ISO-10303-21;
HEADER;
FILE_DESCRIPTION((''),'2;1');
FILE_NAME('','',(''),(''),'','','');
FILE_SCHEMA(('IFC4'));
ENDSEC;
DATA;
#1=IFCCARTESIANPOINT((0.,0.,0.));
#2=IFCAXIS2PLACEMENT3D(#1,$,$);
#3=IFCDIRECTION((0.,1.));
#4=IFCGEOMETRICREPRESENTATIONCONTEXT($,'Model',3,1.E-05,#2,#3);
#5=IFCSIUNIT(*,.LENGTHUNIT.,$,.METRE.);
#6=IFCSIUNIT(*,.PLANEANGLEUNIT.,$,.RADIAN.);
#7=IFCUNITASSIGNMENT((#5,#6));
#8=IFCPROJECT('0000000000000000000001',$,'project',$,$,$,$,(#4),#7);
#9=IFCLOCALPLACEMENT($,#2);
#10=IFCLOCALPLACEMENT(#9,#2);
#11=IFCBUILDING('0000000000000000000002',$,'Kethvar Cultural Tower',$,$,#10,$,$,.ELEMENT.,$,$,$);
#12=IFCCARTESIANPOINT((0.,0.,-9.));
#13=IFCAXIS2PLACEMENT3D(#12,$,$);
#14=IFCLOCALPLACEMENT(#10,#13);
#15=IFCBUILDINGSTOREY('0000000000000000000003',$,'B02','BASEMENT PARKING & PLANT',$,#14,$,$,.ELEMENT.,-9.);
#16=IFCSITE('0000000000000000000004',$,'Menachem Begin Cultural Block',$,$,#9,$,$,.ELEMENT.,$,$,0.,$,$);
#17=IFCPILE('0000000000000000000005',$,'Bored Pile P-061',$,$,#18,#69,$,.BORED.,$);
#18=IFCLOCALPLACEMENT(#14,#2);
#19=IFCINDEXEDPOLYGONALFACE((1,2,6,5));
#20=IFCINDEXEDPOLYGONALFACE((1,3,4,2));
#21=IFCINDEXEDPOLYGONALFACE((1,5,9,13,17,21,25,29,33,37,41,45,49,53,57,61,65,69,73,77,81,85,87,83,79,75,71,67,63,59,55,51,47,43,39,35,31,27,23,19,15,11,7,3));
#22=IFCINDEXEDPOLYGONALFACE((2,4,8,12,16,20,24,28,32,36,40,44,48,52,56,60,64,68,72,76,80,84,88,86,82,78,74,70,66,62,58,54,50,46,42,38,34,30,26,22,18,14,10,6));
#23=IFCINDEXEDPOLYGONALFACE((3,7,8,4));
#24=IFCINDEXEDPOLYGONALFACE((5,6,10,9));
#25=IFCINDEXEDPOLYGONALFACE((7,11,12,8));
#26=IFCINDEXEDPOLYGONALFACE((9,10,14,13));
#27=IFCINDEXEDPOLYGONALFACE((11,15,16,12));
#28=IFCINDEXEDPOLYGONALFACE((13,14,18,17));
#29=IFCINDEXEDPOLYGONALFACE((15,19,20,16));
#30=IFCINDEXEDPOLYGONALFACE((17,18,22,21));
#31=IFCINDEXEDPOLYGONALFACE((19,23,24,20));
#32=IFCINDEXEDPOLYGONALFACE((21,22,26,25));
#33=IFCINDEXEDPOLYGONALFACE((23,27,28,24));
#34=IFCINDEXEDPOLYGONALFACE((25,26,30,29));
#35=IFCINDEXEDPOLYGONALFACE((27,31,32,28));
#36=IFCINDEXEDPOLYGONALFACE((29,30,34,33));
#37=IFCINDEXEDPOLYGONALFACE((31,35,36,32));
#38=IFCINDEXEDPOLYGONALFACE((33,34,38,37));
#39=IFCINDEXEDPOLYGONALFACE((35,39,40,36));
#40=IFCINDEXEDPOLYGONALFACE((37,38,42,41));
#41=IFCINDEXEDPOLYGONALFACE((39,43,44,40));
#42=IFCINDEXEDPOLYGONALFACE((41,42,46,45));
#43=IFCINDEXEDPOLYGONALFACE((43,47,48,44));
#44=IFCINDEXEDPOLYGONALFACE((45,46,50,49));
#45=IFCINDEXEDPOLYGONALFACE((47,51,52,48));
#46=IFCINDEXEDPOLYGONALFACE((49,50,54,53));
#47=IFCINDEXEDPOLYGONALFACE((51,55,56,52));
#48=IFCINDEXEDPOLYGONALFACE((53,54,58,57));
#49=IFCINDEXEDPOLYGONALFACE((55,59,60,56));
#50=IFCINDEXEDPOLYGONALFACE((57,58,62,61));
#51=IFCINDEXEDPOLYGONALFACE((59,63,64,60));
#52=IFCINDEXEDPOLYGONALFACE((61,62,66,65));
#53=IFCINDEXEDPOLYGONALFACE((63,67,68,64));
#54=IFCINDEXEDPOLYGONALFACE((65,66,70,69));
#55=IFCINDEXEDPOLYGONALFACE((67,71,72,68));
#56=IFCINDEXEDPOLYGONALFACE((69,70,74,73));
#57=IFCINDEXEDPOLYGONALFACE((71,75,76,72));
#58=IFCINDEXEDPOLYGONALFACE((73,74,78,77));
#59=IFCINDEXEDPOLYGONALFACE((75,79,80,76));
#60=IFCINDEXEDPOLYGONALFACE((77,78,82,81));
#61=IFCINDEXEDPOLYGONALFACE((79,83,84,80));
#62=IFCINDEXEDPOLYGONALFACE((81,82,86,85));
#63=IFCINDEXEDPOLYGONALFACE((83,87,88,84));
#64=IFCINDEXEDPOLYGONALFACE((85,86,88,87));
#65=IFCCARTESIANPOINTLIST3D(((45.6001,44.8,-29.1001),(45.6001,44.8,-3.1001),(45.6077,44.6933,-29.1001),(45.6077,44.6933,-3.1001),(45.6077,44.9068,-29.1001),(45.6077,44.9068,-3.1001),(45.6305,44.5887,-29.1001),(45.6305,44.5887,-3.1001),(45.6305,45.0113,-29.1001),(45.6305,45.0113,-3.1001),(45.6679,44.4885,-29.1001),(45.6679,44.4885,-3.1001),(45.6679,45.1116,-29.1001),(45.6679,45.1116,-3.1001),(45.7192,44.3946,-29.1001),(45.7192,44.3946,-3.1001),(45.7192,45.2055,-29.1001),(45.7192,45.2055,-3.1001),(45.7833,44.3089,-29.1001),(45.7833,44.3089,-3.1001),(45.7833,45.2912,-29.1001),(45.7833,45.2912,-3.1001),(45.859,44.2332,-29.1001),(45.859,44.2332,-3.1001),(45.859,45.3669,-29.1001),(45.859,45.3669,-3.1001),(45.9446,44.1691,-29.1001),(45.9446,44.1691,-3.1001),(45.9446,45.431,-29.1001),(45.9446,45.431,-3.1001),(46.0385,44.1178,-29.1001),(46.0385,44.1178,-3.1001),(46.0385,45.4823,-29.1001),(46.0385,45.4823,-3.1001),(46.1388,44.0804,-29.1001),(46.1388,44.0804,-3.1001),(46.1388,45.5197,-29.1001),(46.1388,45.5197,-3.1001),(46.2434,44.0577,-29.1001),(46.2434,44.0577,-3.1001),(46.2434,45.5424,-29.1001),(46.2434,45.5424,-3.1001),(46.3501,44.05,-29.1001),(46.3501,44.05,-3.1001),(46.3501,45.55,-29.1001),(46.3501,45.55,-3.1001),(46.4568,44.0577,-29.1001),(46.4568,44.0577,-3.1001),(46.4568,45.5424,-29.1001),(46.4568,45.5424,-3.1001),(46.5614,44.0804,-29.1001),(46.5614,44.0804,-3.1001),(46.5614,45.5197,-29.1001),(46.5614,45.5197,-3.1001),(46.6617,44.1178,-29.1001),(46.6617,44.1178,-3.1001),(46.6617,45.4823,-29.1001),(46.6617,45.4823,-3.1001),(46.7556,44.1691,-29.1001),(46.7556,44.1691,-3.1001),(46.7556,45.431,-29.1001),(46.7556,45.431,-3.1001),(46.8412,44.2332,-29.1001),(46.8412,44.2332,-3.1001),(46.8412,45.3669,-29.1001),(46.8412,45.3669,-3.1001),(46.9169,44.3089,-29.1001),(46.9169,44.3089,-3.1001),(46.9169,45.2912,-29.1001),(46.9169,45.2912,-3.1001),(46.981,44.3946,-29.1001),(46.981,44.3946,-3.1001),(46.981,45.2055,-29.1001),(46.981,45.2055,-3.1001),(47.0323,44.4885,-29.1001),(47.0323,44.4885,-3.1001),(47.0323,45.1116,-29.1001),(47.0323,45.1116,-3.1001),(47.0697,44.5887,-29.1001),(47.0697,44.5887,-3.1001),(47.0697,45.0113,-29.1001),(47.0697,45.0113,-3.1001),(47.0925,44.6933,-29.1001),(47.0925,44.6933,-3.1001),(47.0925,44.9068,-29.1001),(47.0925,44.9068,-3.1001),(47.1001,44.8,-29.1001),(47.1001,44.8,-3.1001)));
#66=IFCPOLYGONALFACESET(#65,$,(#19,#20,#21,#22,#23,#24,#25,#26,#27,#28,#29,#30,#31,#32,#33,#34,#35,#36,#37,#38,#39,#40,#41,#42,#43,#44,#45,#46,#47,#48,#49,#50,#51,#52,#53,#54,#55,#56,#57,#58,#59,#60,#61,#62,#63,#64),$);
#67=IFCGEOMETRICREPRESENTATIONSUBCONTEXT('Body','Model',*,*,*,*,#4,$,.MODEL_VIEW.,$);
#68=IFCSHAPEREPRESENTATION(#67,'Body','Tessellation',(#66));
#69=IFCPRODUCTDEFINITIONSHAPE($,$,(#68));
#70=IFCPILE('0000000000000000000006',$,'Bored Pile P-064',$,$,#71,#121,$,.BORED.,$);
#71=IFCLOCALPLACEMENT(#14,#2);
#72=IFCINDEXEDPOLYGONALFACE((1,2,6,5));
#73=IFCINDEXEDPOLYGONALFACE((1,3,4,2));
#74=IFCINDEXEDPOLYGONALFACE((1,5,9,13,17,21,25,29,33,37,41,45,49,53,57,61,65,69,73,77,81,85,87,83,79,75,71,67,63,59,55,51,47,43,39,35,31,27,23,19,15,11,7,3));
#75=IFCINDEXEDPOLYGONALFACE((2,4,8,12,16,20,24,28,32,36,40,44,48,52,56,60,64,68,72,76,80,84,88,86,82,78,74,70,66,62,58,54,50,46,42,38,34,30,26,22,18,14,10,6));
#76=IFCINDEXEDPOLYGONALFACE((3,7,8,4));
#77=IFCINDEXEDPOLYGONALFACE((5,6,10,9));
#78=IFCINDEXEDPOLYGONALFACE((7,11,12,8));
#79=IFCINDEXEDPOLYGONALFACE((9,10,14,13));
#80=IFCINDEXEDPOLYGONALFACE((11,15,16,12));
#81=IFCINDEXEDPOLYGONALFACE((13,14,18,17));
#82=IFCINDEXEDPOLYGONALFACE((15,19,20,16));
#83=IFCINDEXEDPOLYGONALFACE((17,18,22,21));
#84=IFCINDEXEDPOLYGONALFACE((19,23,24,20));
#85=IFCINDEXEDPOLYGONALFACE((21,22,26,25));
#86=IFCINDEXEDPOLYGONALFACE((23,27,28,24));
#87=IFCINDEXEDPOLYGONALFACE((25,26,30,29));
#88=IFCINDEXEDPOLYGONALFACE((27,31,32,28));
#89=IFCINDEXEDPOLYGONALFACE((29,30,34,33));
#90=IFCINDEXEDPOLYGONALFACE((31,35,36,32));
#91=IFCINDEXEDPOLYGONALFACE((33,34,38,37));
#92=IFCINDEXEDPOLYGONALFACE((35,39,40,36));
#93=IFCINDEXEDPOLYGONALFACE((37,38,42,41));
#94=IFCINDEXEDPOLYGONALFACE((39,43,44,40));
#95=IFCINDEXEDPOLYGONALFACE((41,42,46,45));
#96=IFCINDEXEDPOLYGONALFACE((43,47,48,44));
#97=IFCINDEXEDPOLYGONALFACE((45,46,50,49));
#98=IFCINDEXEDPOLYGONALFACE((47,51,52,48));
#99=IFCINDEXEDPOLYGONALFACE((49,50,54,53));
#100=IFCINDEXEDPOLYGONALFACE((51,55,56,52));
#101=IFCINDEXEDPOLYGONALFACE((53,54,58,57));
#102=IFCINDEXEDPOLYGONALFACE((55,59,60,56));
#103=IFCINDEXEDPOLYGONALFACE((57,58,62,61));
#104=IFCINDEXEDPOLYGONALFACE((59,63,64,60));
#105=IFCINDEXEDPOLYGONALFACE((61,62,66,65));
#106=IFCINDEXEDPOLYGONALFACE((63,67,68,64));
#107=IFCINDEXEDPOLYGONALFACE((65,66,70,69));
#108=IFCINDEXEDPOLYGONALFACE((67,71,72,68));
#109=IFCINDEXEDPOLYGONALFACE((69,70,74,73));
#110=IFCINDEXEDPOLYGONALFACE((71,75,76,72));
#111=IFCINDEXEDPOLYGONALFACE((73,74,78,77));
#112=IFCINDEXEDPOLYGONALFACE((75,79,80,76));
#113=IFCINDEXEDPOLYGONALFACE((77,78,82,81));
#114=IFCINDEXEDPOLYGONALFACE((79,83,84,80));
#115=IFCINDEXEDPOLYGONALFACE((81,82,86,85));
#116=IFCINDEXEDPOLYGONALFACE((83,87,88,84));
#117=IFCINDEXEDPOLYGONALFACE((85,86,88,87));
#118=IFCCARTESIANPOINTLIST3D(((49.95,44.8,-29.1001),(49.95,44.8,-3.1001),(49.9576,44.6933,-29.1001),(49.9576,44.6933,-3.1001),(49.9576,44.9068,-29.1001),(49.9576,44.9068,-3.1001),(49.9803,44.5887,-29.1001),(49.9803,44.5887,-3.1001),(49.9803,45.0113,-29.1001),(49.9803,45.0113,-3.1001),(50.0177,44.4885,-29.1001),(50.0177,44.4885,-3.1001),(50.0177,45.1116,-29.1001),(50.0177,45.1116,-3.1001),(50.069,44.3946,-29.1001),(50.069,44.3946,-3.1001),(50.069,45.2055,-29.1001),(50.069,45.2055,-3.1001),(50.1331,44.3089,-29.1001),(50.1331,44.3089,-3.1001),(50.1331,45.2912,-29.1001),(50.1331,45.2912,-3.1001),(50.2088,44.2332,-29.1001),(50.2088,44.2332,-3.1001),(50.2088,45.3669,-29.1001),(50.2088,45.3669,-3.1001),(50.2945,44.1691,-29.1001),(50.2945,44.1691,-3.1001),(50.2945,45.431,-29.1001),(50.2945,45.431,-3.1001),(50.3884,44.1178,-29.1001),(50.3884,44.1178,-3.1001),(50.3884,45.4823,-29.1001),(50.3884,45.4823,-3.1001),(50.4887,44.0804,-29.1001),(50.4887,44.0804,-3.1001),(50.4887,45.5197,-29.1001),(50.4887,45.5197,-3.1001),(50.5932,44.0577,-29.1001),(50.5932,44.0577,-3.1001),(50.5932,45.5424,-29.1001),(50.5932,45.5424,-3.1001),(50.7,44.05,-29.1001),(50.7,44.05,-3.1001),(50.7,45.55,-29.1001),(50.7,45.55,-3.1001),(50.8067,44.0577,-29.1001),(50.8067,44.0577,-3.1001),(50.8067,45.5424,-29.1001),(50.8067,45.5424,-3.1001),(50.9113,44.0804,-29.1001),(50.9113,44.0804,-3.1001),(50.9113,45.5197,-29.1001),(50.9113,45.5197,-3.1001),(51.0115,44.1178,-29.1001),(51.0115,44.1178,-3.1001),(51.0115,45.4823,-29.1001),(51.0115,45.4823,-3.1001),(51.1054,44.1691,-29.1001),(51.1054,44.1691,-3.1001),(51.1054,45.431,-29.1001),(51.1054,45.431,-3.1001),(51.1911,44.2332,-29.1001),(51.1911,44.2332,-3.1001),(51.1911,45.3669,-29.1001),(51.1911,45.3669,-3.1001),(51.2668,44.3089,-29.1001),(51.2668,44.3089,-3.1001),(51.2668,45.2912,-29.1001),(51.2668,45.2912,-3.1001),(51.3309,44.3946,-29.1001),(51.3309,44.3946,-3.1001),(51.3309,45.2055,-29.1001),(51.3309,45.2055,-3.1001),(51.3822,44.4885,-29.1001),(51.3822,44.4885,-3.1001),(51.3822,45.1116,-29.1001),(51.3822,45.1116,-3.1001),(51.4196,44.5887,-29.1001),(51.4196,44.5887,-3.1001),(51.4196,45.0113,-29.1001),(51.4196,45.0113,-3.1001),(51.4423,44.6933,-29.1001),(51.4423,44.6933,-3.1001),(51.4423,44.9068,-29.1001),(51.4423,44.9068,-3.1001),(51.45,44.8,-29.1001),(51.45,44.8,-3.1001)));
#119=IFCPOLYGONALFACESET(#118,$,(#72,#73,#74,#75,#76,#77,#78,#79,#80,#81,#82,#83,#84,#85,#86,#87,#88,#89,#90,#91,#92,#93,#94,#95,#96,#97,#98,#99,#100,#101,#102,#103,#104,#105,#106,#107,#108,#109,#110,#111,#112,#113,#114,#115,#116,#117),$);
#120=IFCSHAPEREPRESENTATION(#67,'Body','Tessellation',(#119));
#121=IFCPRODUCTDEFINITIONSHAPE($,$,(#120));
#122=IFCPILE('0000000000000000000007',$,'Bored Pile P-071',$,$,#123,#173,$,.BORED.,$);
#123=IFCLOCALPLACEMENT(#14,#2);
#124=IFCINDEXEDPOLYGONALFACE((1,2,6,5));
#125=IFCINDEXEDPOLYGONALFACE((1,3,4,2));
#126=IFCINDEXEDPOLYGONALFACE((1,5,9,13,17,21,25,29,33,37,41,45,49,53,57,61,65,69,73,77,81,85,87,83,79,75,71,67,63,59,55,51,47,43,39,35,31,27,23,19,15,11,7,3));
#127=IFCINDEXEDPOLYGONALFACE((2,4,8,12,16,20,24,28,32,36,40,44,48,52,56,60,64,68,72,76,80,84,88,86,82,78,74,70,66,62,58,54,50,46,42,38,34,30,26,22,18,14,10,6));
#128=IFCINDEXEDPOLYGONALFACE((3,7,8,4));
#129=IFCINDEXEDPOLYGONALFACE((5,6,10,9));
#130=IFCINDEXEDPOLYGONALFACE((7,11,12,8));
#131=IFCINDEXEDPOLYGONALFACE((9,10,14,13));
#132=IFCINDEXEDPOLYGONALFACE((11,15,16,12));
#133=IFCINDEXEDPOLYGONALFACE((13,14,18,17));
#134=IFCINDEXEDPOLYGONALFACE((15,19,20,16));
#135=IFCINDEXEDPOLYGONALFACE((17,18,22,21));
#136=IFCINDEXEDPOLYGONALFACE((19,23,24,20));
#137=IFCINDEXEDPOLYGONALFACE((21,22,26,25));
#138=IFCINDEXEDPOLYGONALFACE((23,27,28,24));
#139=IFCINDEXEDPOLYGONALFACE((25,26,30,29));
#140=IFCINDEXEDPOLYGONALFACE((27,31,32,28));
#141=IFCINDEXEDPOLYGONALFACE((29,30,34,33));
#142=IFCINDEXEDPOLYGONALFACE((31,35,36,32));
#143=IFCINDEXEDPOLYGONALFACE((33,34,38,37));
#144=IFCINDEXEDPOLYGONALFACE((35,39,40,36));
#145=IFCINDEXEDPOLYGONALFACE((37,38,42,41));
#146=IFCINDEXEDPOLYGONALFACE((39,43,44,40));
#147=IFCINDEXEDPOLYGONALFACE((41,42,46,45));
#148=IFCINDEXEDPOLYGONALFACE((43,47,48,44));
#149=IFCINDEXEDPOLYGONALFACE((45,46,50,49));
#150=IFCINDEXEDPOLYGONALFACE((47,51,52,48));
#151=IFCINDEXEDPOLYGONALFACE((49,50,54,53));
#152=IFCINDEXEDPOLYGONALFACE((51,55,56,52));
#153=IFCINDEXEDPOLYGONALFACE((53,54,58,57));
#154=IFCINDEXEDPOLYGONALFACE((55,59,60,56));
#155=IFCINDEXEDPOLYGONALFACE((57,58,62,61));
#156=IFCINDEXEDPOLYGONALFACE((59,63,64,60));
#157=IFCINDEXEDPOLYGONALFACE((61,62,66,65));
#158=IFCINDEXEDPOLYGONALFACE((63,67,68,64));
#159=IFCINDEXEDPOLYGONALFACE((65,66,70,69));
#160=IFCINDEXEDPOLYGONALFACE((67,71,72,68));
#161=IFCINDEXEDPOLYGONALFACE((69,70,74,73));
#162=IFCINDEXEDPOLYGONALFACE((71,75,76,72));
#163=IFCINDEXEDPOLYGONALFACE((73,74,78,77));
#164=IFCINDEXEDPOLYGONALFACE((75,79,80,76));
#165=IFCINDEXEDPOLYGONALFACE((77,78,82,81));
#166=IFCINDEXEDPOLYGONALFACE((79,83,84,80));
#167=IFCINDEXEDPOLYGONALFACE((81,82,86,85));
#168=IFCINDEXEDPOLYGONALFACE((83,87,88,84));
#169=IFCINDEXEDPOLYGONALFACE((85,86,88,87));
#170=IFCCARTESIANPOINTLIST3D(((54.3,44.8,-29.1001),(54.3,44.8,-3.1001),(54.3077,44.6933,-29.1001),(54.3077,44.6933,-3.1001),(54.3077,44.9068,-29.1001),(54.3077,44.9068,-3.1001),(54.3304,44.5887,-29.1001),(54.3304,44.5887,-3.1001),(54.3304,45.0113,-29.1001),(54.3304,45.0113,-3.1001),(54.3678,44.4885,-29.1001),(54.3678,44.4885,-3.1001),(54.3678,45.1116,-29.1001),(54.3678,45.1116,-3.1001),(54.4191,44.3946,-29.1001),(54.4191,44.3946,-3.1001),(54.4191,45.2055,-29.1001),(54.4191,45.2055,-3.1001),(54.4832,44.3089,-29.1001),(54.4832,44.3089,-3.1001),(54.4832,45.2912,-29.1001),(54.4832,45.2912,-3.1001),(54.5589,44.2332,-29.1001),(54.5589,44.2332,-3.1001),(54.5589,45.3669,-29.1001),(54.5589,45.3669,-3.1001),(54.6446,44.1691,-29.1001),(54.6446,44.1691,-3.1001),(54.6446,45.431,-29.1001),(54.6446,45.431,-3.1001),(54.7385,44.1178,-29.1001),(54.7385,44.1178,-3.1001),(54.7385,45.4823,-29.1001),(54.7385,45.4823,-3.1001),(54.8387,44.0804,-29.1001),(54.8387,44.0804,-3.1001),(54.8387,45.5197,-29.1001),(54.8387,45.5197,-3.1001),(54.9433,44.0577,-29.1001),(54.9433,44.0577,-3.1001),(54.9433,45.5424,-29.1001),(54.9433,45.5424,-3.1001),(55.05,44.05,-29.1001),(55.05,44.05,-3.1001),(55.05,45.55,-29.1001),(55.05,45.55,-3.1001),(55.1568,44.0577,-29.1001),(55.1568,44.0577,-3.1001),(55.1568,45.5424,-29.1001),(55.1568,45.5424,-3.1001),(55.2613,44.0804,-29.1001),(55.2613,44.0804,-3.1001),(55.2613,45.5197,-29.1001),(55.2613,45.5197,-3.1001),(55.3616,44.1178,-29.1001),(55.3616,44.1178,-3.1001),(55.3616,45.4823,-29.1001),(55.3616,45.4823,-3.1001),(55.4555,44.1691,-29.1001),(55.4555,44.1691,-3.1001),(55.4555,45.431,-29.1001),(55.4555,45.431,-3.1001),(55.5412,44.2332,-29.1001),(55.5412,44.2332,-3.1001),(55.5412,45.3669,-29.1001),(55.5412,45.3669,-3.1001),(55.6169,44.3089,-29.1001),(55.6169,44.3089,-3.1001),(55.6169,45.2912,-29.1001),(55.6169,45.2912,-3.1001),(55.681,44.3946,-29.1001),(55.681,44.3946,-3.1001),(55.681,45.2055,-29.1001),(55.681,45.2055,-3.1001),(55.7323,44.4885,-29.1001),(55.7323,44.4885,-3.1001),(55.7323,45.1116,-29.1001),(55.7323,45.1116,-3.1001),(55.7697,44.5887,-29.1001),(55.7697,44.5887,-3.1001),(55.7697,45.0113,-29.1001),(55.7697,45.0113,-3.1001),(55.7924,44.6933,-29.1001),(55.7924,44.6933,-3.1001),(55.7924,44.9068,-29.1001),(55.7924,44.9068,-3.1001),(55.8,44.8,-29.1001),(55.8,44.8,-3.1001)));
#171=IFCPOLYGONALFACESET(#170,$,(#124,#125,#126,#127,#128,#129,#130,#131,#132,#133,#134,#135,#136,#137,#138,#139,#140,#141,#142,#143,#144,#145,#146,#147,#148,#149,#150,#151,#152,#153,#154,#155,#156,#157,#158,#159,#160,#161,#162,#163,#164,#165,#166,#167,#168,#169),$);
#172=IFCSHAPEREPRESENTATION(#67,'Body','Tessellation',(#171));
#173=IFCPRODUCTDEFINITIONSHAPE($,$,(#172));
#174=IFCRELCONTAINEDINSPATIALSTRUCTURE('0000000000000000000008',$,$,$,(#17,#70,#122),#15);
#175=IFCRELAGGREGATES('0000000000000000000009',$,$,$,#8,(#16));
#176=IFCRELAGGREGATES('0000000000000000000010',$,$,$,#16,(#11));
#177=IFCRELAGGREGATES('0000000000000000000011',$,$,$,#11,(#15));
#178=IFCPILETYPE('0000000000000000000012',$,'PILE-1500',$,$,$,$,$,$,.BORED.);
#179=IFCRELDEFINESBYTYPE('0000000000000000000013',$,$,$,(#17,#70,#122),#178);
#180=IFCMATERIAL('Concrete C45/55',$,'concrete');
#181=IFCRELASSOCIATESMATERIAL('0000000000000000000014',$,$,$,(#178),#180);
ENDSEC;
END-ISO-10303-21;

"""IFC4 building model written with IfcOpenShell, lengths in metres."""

from ifc_helpers import new_model, si_unit, direction, frame, origin, origin_2d, place, context, subcontext, project, spatial, circle, extrude, source, transform, mapped, material, material_profile, profile_set, type_object, element, save


model = new_model("IFC4")

# Units and contexts
model_context = context("Model", 3, precision=1e-05, world=origin(), true_north=direction((0.0, 1.0)))
body_context = subcontext(model_context, "Body", "Model", "MODEL_VIEW")
ifc_project = project(units=[si_unit("LENGTHUNIT", "METRE"), si_unit("PLANEANGLEUNIT", "RADIAN")], contexts=[model_context])

# Site, building, storey
site_placement = place(None, origin())
site = spatial("IfcSite", under=ifc_project, at=site_placement, Name="Menachem Begin Cultural Block", CompositionType="ELEMENT", RefElevation=0.0)
building_placement = place(site_placement, origin())
building = spatial("IfcBuilding", under=site, at=building_placement, Name="Kethvar Cultural Tower", CompositionType="ELEMENT")
storey_placement = place(building_placement, frame((0.0, 0.0, -9.0)))
storey = spatial("IfcBuildingStorey", under=building, at=storey_placement, Name="B02", Description="BASEMENT PARKING & PLANT", CompositionType="ELEMENT", Elevation=-9.0)

# Piles
ifc_material_1 = material(Name="Concrete C45/55", Category="concrete")
ifc_material_profile_1 = material_profile(ifc_material_1, circle(Radius=0.75, at=origin_2d()), Name="Concrete C45/55 — PILE1500")
ifc_profile_set_1 = profile_set([ifc_material_profile_1], Name="Concrete C45/55 — PILE1500")
pile_type = type_object("IfcPileType", Name="PILE-1500", PredefinedType="BORED", material=ifc_profile_set_1)
shared_shape_1 = source(origin(), body_context, "Body", "SweptSolid", [
    extrude(circle(Radius=0.75, at=origin_2d()), origin(), (0.0, 0.0, 1.0), 26.0),
])
for number, where, z_axis, x_axis, name in (
    (1, (46.3501, 44.8, -3.1001), (0.0, 0.0, -1.0), (1.0, 0.0, 0.0), "Bored Pile P-061"),
    (2, (50.7, 44.8, -3.1001), (0.0, 0.0, -1.0), (1.0, 0.0, 0.0), "Bored Pile P-064"),
    (3, (55.05, 44.8, -3.1001), (0.0, 0.0, -1.0), (1.0, 0.0, 0.0), "Bored Pile P-071"),
):
    element("IfcPile", number, at=place(storey_placement, frame(where, z_axis=z_axis, x_axis=x_axis)), inside=storey, type_object=pile_type, Name=name, PredefinedType="BORED", context=body_context, shape_type="MappedRepresentation", body=[
        mapped(shared_shape_1, transform((0.0, 0.0, 0.0), scale=1.0)),
    ])

save(model, "model.ifc")
